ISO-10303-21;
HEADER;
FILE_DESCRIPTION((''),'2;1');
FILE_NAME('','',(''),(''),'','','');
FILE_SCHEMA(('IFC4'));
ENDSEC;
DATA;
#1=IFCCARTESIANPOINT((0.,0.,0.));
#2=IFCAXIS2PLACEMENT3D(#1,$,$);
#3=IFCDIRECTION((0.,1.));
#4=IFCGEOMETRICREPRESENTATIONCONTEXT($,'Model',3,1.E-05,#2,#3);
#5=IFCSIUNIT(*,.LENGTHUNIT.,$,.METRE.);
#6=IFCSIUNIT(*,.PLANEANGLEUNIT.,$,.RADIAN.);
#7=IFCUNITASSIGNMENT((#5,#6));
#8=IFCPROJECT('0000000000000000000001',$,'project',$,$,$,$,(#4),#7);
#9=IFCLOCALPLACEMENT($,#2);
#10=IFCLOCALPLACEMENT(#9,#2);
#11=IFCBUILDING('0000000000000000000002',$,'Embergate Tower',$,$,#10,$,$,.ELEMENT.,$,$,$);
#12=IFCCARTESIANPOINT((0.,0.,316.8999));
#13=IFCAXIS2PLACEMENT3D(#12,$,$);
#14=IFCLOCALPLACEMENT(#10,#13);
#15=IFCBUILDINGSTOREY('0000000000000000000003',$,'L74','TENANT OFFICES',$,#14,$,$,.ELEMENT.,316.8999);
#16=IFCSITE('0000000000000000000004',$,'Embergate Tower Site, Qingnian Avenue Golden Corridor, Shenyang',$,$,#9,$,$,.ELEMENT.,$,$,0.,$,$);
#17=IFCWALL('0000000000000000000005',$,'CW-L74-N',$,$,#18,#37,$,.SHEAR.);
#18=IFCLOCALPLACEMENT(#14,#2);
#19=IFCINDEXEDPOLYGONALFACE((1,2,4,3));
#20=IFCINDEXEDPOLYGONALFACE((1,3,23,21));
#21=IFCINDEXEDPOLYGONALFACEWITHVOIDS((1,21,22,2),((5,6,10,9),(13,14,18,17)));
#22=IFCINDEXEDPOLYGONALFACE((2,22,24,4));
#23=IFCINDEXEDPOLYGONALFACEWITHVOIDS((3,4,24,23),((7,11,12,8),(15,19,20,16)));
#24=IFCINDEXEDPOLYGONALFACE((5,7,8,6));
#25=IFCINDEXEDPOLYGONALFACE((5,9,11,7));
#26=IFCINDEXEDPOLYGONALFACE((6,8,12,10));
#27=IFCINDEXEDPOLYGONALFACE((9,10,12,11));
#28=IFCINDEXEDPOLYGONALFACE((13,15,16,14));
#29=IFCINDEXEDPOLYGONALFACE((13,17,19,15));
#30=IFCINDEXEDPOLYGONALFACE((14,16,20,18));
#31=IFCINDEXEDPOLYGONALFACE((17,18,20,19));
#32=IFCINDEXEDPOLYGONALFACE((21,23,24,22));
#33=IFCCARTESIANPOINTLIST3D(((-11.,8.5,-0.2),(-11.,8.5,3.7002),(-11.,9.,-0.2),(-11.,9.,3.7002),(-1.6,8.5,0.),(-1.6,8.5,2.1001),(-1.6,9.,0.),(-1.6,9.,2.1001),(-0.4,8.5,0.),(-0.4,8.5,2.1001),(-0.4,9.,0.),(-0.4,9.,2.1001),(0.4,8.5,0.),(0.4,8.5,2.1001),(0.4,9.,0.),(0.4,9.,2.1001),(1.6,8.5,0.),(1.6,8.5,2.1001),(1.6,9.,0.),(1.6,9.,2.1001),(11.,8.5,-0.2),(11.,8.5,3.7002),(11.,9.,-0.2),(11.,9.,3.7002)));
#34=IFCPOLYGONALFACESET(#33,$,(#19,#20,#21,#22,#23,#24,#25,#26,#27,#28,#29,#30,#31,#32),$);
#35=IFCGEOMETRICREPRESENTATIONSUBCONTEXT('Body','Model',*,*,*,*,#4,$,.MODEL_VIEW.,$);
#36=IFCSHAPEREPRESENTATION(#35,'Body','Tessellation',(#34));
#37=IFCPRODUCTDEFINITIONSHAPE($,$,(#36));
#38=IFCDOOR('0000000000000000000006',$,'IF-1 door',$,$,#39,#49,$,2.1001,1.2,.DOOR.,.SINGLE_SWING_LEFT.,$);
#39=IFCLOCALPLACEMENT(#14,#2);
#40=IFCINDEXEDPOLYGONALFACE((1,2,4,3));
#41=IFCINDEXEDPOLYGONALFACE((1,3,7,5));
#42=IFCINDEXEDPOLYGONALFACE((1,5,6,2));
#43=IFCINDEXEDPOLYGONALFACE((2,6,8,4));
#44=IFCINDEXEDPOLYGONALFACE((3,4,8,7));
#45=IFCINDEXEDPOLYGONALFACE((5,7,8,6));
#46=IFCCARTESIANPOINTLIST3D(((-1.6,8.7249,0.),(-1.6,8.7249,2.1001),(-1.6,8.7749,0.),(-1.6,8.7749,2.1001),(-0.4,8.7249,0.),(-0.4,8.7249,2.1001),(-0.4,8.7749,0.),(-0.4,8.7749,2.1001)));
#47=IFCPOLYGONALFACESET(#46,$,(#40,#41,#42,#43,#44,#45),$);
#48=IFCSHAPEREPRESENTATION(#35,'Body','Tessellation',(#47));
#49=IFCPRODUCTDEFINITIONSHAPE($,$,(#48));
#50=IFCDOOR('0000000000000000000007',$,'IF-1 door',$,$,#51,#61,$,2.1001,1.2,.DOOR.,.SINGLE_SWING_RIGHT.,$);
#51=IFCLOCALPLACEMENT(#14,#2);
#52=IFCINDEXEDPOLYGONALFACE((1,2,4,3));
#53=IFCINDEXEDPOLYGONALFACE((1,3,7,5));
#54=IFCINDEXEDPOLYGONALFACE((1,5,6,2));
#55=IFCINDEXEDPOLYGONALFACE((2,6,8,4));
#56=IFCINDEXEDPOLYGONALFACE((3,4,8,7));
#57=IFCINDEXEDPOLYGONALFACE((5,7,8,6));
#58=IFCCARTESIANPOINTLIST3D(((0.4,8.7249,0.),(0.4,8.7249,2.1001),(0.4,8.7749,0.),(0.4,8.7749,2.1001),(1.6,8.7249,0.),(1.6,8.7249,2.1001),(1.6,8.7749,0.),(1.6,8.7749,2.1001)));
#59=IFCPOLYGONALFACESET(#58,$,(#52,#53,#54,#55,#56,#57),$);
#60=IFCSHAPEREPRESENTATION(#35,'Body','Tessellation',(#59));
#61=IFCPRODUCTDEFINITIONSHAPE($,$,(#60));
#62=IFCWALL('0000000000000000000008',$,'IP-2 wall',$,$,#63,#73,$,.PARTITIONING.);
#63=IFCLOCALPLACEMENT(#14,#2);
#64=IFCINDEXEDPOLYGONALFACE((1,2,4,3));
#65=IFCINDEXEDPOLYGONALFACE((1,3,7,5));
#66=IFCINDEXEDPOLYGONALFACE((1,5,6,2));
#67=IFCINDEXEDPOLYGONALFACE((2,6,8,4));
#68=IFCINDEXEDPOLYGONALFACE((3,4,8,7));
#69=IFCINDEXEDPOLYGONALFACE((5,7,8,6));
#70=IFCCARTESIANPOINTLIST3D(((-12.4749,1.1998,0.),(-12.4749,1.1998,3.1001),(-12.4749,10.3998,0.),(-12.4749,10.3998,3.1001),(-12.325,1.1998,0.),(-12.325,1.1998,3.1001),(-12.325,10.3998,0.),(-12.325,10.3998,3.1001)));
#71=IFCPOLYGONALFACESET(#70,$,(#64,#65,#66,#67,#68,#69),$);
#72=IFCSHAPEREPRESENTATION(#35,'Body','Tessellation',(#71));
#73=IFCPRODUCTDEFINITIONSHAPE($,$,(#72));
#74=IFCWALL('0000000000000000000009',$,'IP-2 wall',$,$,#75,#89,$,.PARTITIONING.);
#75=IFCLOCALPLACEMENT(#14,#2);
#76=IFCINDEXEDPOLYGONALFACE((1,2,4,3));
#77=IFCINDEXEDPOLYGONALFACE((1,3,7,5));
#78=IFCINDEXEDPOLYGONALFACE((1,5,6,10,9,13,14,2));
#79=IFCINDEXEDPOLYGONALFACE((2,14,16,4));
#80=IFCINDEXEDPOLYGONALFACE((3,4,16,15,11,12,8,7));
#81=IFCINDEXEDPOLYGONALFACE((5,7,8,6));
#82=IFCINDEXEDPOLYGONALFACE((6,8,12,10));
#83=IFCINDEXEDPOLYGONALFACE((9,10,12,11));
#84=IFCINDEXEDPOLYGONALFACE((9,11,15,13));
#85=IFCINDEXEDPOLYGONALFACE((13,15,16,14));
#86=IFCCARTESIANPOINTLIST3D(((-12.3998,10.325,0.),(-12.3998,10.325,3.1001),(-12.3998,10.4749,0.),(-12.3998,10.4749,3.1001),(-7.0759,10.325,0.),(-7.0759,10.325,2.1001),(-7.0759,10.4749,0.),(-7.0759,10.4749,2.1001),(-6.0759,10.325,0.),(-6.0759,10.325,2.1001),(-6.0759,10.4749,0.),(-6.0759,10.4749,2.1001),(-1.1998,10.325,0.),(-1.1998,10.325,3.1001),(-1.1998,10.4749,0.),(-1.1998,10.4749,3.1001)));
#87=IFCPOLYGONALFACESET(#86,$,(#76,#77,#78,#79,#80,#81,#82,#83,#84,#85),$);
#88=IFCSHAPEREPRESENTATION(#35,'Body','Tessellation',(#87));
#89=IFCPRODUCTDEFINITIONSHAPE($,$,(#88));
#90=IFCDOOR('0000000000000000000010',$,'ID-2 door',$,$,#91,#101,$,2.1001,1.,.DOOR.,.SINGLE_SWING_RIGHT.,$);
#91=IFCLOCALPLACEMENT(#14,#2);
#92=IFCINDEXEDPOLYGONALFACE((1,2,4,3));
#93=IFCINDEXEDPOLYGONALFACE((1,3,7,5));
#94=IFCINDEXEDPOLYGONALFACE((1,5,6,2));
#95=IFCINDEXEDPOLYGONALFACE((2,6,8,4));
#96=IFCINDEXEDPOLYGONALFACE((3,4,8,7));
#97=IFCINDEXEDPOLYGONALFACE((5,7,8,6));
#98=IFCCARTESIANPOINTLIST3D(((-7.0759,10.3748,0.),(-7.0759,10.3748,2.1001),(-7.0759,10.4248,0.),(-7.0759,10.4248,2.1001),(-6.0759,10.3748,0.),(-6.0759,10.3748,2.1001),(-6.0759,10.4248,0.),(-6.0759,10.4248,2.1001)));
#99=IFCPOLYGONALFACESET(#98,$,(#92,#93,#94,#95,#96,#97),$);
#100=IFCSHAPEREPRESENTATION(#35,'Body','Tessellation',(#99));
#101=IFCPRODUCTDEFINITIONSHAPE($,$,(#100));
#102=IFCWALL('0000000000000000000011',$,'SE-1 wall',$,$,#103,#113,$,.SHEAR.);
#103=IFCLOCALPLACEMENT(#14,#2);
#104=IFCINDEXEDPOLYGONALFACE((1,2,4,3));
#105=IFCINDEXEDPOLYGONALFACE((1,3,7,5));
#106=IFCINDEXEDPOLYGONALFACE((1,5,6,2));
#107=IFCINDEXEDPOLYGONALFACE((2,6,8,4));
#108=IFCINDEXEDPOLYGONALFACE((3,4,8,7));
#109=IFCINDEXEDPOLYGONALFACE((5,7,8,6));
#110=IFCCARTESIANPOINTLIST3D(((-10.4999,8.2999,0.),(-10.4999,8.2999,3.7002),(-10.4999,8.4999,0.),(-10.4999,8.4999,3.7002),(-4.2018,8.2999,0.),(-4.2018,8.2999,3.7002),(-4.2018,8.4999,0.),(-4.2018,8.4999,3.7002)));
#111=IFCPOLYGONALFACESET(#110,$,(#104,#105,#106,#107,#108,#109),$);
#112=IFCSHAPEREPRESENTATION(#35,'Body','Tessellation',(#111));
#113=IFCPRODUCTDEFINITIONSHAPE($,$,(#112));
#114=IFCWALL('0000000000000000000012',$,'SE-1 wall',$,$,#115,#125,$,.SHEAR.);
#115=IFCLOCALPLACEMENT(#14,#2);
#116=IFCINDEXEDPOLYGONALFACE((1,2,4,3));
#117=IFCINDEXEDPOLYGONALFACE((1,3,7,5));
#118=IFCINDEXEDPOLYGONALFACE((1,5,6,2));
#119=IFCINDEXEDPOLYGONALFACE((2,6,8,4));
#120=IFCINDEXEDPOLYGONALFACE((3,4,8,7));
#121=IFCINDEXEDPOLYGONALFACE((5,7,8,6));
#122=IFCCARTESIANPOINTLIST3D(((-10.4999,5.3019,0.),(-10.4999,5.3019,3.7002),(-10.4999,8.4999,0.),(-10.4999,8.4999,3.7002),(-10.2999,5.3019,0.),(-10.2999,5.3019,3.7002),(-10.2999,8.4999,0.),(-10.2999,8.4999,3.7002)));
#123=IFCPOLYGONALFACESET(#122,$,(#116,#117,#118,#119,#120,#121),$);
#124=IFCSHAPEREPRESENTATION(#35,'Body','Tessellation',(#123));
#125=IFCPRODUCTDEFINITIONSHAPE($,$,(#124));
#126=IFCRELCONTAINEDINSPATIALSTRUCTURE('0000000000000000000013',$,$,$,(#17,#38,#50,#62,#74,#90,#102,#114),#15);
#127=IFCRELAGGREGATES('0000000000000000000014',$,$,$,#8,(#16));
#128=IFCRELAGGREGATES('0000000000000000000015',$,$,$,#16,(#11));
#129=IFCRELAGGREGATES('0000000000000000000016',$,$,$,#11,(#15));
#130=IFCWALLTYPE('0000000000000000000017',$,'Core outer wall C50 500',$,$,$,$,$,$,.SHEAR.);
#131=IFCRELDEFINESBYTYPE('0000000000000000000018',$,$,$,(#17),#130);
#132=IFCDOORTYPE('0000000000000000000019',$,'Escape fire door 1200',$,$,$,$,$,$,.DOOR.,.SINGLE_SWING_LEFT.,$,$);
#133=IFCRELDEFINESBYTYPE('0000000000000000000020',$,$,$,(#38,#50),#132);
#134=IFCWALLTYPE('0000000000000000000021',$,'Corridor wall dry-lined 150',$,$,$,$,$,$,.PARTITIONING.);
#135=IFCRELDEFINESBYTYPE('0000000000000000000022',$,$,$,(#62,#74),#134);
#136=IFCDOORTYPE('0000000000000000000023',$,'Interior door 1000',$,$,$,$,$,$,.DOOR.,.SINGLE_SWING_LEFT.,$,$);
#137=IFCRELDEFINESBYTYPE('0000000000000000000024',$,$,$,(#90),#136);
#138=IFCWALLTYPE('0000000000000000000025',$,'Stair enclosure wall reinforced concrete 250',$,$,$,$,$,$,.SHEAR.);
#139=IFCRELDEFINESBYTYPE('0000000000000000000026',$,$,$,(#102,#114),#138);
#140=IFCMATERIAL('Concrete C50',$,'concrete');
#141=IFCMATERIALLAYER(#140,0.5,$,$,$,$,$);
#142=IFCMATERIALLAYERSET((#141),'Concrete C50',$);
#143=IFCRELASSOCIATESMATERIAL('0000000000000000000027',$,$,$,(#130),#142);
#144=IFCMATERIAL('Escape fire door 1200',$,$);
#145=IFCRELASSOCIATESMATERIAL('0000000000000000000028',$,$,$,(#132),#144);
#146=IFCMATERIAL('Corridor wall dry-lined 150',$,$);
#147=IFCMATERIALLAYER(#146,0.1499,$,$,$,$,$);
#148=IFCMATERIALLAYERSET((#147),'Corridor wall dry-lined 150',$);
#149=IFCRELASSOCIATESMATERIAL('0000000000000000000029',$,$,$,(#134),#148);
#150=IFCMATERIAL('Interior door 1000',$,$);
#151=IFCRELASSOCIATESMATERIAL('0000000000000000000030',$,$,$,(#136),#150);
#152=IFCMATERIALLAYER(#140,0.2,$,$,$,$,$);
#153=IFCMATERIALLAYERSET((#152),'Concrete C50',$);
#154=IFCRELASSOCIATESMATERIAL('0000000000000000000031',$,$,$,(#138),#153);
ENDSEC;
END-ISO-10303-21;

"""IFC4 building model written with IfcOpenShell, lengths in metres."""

from ifc_helpers import new_model, si_unit, direction, frame, frame_2d, origin, place, context, subcontext, project, spatial, rectangle, extrude, source, transform, mapped, material, layer, layer_set, type_object, element, fill, save


model = new_model("IFC4")

# Units and contexts
model_context = context("Model", 3, precision=1e-05, world=origin(), true_north=direction((0.0, 1.0)))
body_context = subcontext(model_context, "Body", "Model", "MODEL_VIEW")
ifc_project = project(units=[si_unit("LENGTHUNIT", "METRE"), si_unit("PLANEANGLEUNIT", "RADIAN")], contexts=[model_context])

# Site, building, storey
site_placement = place(None, origin())
site = spatial("IfcSite", under=ifc_project, at=site_placement, Name="Embergate Tower Site, Qingnian Avenue Golden Corridor, Shenyang", CompositionType="ELEMENT", RefElevation=0.0)
building_placement = place(site_placement, origin())
building = spatial("IfcBuilding", under=site, at=building_placement, Name="Embergate Tower", CompositionType="ELEMENT")
storey_placement = place(building_placement, frame((0.0, 0.0, 316.8999)))
storey = spatial("IfcBuildingStorey", under=building, at=storey_placement, Name="L74", Description="TENANT OFFICES", CompositionType="ELEMENT", Elevation=316.8999)

# Wall, openings, doors
ifc_material_1 = material(Name="Concrete C50", Category="concrete")
ifc_layer_1 = layer(ifc_material_1, 0.5)
ifc_layer_set_1 = layer_set([ifc_layer_1], Name="Concrete C50")
wall_type_1 = type_object("IfcWallType", Name="Core outer wall C50 500", PredefinedType="SHEAR", material=ifc_layer_set_1)
shared_shape_1 = source(origin(), body_context, "Body", "SweptSolid", [
    extrude(rectangle(XDim=22.0, YDim=0.5, at=frame_2d((11.0, 0.0))), origin(), (0.0, 0.0, 1.0), 3.9001),
])
wall_1_placement = place(storey_placement, frame((-11.0, 8.75, -0.2), z_axis=(0.0, 0.0, 1.0), x_axis=(1.0, 0.0, 0.0)))
wall_1 = element("IfcWall", 1, at=wall_1_placement, inside=storey, type_object=wall_type_1, Name="CW-L74-N", PredefinedType="SHEAR", context=body_context, shape_type="MappedRepresentation", body=[
    mapped(shared_shape_1, transform((0.0, 0.0, 0.0))),
])
shared_shape_2 = source(origin(), body_context, "Body", "SweptSolid", [
    extrude(rectangle(XDim=1.2, YDim=2.1001, at=frame_2d((0.6001, 1.05))), frame((0.0, 0.26, 0.0), z_axis=(0.0, -1.0, 0.0), x_axis=(1.0, 0.0, 0.0)), (0.0, 0.0, 1.0), 0.52),
])
opening_1_placement = place(wall_1_placement, frame((9.3999, 0.0, 0.2)))
opening_1 = element("IfcOpeningElement", 2, at=opening_1_placement, cuts=wall_1, PredefinedType="OPENING", context=body_context, shape_type="MappedRepresentation", body=[
    mapped(shared_shape_2, transform((0.0, 0.0, 0.0))),
])
opening_2_placement = place(wall_1_placement, frame((11.3999, 0.0, 0.2)))
opening_2 = element("IfcOpeningElement", 3, at=opening_2_placement, cuts=wall_1, PredefinedType="OPENING", context=body_context, shape_type="MappedRepresentation", body=[
    mapped(shared_shape_2, transform((0.0, 0.0, 0.0))),
])
ifc_material_2 = material(Name="Escape fire door 1200")
door_type_1 = type_object("IfcDoorType", Name="Escape fire door 1200", OperationType="SINGLE_SWING_LEFT", PredefinedType="DOOR", material=ifc_material_2)
shared_shape_3 = source(origin(), body_context, "Body", "SweptSolid", [
    extrude(rectangle(XDim=1.2, YDim=2.1001, at=frame_2d((0.6001, 1.05))), frame((0.0, 0.0249, 0.0), z_axis=(0.0, -1.0, 0.0), x_axis=(1.0, 0.0, 0.0)), (0.0, 0.0, 1.0), 0.05),
])
door_1_placement = place(opening_1_placement, origin())
door_1 = element("IfcDoor", 4, at=door_1_placement, inside=storey, type_object=door_type_1, Name="IF-1 door", OperationType="SINGLE_SWING_LEFT", OverallHeight=2.1001, OverallWidth=1.2, PredefinedType="DOOR", context=body_context, shape_type="MappedRepresentation", body=[
    mapped(shared_shape_3, transform((0.0, 0.0, 0.0))),
])
fill(opening_1, door_1)
door_2_placement = place(opening_2_placement, origin())
door_2 = element("IfcDoor", 5, at=door_2_placement, inside=storey, type_object=door_type_1, Name="IF-1 door", OperationType="SINGLE_SWING_RIGHT", OverallHeight=2.1001, OverallWidth=1.2, PredefinedType="DOOR", context=body_context, shape_type="MappedRepresentation", body=[
    mapped(shared_shape_3, transform((0.0, 0.0, 0.0))),
])
fill(opening_2, door_2)

# Wall
ifc_material_3 = material(Name="Corridor wall dry-lined 150")
ifc_layer_2 = layer(ifc_material_3, 0.1499)
ifc_layer_set_2 = layer_set([ifc_layer_2], Name="Corridor wall dry-lined 150")
wall_type_2 = type_object("IfcWallType", Name="Corridor wall dry-lined 150", PredefinedType="PARTITIONING", material=ifc_layer_set_2)
shared_shape_4 = source(origin(), body_context, "Body", "SweptSolid", [
    extrude(rectangle(XDim=9.2, YDim=0.1499, at=frame_2d((4.6001, 0.0))), origin(), (0.0, 0.0, 1.0), 3.1001),
])
wall_2_placement = place(storey_placement, frame((-12.3999, 10.3999, 0.0), z_axis=(0.0, 0.0, 1.0), x_axis=(0.0, -1.0, 0.0)))
element("IfcWall", 6, at=wall_2_placement, inside=storey, type_object=wall_type_2, Name="IP-2 wall", PredefinedType="PARTITIONING", context=body_context, shape_type="MappedRepresentation", body=[
    mapped(shared_shape_4, transform((0.0, 0.0, 0.0))),
])

# Wall, opening, door
shared_shape_5 = source(origin(), body_context, "Body", "SweptSolid", [
    extrude(rectangle(XDim=11.2, YDim=0.1499, at=frame_2d((5.6001, 0.0))), origin(), (0.0, 0.0, 1.0), 3.1001),
])
wall_3_placement = place(storey_placement, frame((-12.3999, 10.3999, 0.0), z_axis=(0.0, 0.0, 1.0), x_axis=(1.0, 0.0, 0.0)))
wall_3 = element("IfcWall", 7, at=wall_3_placement, inside=storey, type_object=wall_type_2, Name="IP-2 wall", PredefinedType="PARTITIONING", context=body_context, shape_type="MappedRepresentation", body=[
    mapped(shared_shape_5, transform((0.0, 0.0, 0.0))),
])
shared_shape_6 = source(origin(), body_context, "Body", "SweptSolid", [
    extrude(rectangle(XDim=1.0, YDim=2.1001, at=frame_2d((0.5, 1.05))), frame((0.0, 0.085, 0.0), z_axis=(0.0, -1.0, 0.0), x_axis=(1.0, 0.0, 0.0)), (0.0, 0.0, 1.0), 0.1699),
])
opening_3_placement = place(wall_3_placement, frame((5.324, 0.0, 0.0)))
opening_3 = element("IfcOpeningElement", 8, at=opening_3_placement, cuts=wall_3, PredefinedType="OPENING", context=body_context, shape_type="MappedRepresentation", body=[
    mapped(shared_shape_6, transform((0.0, 0.0, 0.0))),
])
ifc_material_4 = material(Name="Interior door 1000")
door_type_2 = type_object("IfcDoorType", Name="Interior door 1000", OperationType="SINGLE_SWING_LEFT", PredefinedType="DOOR", material=ifc_material_4)
shared_shape_7 = source(origin(), body_context, "Body", "SweptSolid", [
    extrude(rectangle(XDim=1.0, YDim=2.1001, at=frame_2d((0.5, 1.05))), frame((0.0, 0.0249, 0.0), z_axis=(0.0, -1.0, 0.0), x_axis=(1.0, 0.0, 0.0)), (0.0, 0.0, 1.0), 0.05),
])
door_3_placement = place(opening_3_placement, origin())
door_3 = element("IfcDoor", 9, at=door_3_placement, inside=storey, type_object=door_type_2, Name="ID-2 door", OperationType="SINGLE_SWING_RIGHT", OverallHeight=2.1001, OverallWidth=1.0, PredefinedType="DOOR", context=body_context, shape_type="MappedRepresentation", body=[
    mapped(shared_shape_7, transform((0.0, 0.0, 0.0))),
])
fill(opening_3, door_3)

# Walls
ifc_layer_3 = layer(ifc_material_1, 0.2)
ifc_layer_set_3 = layer_set([ifc_layer_3], Name="Concrete C50")
wall_type_3 = type_object("IfcWallType", Name="Stair enclosure wall reinforced concrete 250", PredefinedType="SHEAR", material=ifc_layer_set_3)
shared_shape_8 = source(origin(), body_context, "Body", "SweptSolid", [
    extrude(rectangle(XDim=6.2981, YDim=0.2, at=frame_2d((3.1489, 0.0))), origin(), (0.0, 0.0, 1.0), 3.7002),
])
wall_4_placement = place(storey_placement, frame((-4.2019, 8.3999, 0.0), z_axis=(0.0, 0.0, 1.0), x_axis=(-1.0, 0.0, 0.0)))
element("IfcWall", 10, at=wall_4_placement, inside=storey, type_object=wall_type_3, Name="SE-1 wall", PredefinedType="SHEAR", context=body_context, shape_type="MappedRepresentation", body=[
    mapped(shared_shape_8, transform((0.0, 0.0, 0.0))),
])
shared_shape_9 = source(origin(), body_context, "Body", "SweptSolid", [
    extrude(rectangle(XDim=3.198, YDim=0.2, at=frame_2d((1.5991, 0.0))), origin(), (0.0, 0.0, 1.0), 3.7002),
])
wall_5_placement = place(storey_placement, frame((-10.3999, 8.5, 0.0), z_axis=(0.0, 0.0, 1.0), x_axis=(0.0, -1.0, 0.0)))
element("IfcWall", 11, at=wall_5_placement, inside=storey, type_object=wall_type_3, Name="SE-1 wall", PredefinedType="SHEAR", context=body_context, shape_type="MappedRepresentation", body=[
    mapped(shared_shape_9, transform((0.0, 0.0, 0.0))),
])

save(model, "model.ifc")
